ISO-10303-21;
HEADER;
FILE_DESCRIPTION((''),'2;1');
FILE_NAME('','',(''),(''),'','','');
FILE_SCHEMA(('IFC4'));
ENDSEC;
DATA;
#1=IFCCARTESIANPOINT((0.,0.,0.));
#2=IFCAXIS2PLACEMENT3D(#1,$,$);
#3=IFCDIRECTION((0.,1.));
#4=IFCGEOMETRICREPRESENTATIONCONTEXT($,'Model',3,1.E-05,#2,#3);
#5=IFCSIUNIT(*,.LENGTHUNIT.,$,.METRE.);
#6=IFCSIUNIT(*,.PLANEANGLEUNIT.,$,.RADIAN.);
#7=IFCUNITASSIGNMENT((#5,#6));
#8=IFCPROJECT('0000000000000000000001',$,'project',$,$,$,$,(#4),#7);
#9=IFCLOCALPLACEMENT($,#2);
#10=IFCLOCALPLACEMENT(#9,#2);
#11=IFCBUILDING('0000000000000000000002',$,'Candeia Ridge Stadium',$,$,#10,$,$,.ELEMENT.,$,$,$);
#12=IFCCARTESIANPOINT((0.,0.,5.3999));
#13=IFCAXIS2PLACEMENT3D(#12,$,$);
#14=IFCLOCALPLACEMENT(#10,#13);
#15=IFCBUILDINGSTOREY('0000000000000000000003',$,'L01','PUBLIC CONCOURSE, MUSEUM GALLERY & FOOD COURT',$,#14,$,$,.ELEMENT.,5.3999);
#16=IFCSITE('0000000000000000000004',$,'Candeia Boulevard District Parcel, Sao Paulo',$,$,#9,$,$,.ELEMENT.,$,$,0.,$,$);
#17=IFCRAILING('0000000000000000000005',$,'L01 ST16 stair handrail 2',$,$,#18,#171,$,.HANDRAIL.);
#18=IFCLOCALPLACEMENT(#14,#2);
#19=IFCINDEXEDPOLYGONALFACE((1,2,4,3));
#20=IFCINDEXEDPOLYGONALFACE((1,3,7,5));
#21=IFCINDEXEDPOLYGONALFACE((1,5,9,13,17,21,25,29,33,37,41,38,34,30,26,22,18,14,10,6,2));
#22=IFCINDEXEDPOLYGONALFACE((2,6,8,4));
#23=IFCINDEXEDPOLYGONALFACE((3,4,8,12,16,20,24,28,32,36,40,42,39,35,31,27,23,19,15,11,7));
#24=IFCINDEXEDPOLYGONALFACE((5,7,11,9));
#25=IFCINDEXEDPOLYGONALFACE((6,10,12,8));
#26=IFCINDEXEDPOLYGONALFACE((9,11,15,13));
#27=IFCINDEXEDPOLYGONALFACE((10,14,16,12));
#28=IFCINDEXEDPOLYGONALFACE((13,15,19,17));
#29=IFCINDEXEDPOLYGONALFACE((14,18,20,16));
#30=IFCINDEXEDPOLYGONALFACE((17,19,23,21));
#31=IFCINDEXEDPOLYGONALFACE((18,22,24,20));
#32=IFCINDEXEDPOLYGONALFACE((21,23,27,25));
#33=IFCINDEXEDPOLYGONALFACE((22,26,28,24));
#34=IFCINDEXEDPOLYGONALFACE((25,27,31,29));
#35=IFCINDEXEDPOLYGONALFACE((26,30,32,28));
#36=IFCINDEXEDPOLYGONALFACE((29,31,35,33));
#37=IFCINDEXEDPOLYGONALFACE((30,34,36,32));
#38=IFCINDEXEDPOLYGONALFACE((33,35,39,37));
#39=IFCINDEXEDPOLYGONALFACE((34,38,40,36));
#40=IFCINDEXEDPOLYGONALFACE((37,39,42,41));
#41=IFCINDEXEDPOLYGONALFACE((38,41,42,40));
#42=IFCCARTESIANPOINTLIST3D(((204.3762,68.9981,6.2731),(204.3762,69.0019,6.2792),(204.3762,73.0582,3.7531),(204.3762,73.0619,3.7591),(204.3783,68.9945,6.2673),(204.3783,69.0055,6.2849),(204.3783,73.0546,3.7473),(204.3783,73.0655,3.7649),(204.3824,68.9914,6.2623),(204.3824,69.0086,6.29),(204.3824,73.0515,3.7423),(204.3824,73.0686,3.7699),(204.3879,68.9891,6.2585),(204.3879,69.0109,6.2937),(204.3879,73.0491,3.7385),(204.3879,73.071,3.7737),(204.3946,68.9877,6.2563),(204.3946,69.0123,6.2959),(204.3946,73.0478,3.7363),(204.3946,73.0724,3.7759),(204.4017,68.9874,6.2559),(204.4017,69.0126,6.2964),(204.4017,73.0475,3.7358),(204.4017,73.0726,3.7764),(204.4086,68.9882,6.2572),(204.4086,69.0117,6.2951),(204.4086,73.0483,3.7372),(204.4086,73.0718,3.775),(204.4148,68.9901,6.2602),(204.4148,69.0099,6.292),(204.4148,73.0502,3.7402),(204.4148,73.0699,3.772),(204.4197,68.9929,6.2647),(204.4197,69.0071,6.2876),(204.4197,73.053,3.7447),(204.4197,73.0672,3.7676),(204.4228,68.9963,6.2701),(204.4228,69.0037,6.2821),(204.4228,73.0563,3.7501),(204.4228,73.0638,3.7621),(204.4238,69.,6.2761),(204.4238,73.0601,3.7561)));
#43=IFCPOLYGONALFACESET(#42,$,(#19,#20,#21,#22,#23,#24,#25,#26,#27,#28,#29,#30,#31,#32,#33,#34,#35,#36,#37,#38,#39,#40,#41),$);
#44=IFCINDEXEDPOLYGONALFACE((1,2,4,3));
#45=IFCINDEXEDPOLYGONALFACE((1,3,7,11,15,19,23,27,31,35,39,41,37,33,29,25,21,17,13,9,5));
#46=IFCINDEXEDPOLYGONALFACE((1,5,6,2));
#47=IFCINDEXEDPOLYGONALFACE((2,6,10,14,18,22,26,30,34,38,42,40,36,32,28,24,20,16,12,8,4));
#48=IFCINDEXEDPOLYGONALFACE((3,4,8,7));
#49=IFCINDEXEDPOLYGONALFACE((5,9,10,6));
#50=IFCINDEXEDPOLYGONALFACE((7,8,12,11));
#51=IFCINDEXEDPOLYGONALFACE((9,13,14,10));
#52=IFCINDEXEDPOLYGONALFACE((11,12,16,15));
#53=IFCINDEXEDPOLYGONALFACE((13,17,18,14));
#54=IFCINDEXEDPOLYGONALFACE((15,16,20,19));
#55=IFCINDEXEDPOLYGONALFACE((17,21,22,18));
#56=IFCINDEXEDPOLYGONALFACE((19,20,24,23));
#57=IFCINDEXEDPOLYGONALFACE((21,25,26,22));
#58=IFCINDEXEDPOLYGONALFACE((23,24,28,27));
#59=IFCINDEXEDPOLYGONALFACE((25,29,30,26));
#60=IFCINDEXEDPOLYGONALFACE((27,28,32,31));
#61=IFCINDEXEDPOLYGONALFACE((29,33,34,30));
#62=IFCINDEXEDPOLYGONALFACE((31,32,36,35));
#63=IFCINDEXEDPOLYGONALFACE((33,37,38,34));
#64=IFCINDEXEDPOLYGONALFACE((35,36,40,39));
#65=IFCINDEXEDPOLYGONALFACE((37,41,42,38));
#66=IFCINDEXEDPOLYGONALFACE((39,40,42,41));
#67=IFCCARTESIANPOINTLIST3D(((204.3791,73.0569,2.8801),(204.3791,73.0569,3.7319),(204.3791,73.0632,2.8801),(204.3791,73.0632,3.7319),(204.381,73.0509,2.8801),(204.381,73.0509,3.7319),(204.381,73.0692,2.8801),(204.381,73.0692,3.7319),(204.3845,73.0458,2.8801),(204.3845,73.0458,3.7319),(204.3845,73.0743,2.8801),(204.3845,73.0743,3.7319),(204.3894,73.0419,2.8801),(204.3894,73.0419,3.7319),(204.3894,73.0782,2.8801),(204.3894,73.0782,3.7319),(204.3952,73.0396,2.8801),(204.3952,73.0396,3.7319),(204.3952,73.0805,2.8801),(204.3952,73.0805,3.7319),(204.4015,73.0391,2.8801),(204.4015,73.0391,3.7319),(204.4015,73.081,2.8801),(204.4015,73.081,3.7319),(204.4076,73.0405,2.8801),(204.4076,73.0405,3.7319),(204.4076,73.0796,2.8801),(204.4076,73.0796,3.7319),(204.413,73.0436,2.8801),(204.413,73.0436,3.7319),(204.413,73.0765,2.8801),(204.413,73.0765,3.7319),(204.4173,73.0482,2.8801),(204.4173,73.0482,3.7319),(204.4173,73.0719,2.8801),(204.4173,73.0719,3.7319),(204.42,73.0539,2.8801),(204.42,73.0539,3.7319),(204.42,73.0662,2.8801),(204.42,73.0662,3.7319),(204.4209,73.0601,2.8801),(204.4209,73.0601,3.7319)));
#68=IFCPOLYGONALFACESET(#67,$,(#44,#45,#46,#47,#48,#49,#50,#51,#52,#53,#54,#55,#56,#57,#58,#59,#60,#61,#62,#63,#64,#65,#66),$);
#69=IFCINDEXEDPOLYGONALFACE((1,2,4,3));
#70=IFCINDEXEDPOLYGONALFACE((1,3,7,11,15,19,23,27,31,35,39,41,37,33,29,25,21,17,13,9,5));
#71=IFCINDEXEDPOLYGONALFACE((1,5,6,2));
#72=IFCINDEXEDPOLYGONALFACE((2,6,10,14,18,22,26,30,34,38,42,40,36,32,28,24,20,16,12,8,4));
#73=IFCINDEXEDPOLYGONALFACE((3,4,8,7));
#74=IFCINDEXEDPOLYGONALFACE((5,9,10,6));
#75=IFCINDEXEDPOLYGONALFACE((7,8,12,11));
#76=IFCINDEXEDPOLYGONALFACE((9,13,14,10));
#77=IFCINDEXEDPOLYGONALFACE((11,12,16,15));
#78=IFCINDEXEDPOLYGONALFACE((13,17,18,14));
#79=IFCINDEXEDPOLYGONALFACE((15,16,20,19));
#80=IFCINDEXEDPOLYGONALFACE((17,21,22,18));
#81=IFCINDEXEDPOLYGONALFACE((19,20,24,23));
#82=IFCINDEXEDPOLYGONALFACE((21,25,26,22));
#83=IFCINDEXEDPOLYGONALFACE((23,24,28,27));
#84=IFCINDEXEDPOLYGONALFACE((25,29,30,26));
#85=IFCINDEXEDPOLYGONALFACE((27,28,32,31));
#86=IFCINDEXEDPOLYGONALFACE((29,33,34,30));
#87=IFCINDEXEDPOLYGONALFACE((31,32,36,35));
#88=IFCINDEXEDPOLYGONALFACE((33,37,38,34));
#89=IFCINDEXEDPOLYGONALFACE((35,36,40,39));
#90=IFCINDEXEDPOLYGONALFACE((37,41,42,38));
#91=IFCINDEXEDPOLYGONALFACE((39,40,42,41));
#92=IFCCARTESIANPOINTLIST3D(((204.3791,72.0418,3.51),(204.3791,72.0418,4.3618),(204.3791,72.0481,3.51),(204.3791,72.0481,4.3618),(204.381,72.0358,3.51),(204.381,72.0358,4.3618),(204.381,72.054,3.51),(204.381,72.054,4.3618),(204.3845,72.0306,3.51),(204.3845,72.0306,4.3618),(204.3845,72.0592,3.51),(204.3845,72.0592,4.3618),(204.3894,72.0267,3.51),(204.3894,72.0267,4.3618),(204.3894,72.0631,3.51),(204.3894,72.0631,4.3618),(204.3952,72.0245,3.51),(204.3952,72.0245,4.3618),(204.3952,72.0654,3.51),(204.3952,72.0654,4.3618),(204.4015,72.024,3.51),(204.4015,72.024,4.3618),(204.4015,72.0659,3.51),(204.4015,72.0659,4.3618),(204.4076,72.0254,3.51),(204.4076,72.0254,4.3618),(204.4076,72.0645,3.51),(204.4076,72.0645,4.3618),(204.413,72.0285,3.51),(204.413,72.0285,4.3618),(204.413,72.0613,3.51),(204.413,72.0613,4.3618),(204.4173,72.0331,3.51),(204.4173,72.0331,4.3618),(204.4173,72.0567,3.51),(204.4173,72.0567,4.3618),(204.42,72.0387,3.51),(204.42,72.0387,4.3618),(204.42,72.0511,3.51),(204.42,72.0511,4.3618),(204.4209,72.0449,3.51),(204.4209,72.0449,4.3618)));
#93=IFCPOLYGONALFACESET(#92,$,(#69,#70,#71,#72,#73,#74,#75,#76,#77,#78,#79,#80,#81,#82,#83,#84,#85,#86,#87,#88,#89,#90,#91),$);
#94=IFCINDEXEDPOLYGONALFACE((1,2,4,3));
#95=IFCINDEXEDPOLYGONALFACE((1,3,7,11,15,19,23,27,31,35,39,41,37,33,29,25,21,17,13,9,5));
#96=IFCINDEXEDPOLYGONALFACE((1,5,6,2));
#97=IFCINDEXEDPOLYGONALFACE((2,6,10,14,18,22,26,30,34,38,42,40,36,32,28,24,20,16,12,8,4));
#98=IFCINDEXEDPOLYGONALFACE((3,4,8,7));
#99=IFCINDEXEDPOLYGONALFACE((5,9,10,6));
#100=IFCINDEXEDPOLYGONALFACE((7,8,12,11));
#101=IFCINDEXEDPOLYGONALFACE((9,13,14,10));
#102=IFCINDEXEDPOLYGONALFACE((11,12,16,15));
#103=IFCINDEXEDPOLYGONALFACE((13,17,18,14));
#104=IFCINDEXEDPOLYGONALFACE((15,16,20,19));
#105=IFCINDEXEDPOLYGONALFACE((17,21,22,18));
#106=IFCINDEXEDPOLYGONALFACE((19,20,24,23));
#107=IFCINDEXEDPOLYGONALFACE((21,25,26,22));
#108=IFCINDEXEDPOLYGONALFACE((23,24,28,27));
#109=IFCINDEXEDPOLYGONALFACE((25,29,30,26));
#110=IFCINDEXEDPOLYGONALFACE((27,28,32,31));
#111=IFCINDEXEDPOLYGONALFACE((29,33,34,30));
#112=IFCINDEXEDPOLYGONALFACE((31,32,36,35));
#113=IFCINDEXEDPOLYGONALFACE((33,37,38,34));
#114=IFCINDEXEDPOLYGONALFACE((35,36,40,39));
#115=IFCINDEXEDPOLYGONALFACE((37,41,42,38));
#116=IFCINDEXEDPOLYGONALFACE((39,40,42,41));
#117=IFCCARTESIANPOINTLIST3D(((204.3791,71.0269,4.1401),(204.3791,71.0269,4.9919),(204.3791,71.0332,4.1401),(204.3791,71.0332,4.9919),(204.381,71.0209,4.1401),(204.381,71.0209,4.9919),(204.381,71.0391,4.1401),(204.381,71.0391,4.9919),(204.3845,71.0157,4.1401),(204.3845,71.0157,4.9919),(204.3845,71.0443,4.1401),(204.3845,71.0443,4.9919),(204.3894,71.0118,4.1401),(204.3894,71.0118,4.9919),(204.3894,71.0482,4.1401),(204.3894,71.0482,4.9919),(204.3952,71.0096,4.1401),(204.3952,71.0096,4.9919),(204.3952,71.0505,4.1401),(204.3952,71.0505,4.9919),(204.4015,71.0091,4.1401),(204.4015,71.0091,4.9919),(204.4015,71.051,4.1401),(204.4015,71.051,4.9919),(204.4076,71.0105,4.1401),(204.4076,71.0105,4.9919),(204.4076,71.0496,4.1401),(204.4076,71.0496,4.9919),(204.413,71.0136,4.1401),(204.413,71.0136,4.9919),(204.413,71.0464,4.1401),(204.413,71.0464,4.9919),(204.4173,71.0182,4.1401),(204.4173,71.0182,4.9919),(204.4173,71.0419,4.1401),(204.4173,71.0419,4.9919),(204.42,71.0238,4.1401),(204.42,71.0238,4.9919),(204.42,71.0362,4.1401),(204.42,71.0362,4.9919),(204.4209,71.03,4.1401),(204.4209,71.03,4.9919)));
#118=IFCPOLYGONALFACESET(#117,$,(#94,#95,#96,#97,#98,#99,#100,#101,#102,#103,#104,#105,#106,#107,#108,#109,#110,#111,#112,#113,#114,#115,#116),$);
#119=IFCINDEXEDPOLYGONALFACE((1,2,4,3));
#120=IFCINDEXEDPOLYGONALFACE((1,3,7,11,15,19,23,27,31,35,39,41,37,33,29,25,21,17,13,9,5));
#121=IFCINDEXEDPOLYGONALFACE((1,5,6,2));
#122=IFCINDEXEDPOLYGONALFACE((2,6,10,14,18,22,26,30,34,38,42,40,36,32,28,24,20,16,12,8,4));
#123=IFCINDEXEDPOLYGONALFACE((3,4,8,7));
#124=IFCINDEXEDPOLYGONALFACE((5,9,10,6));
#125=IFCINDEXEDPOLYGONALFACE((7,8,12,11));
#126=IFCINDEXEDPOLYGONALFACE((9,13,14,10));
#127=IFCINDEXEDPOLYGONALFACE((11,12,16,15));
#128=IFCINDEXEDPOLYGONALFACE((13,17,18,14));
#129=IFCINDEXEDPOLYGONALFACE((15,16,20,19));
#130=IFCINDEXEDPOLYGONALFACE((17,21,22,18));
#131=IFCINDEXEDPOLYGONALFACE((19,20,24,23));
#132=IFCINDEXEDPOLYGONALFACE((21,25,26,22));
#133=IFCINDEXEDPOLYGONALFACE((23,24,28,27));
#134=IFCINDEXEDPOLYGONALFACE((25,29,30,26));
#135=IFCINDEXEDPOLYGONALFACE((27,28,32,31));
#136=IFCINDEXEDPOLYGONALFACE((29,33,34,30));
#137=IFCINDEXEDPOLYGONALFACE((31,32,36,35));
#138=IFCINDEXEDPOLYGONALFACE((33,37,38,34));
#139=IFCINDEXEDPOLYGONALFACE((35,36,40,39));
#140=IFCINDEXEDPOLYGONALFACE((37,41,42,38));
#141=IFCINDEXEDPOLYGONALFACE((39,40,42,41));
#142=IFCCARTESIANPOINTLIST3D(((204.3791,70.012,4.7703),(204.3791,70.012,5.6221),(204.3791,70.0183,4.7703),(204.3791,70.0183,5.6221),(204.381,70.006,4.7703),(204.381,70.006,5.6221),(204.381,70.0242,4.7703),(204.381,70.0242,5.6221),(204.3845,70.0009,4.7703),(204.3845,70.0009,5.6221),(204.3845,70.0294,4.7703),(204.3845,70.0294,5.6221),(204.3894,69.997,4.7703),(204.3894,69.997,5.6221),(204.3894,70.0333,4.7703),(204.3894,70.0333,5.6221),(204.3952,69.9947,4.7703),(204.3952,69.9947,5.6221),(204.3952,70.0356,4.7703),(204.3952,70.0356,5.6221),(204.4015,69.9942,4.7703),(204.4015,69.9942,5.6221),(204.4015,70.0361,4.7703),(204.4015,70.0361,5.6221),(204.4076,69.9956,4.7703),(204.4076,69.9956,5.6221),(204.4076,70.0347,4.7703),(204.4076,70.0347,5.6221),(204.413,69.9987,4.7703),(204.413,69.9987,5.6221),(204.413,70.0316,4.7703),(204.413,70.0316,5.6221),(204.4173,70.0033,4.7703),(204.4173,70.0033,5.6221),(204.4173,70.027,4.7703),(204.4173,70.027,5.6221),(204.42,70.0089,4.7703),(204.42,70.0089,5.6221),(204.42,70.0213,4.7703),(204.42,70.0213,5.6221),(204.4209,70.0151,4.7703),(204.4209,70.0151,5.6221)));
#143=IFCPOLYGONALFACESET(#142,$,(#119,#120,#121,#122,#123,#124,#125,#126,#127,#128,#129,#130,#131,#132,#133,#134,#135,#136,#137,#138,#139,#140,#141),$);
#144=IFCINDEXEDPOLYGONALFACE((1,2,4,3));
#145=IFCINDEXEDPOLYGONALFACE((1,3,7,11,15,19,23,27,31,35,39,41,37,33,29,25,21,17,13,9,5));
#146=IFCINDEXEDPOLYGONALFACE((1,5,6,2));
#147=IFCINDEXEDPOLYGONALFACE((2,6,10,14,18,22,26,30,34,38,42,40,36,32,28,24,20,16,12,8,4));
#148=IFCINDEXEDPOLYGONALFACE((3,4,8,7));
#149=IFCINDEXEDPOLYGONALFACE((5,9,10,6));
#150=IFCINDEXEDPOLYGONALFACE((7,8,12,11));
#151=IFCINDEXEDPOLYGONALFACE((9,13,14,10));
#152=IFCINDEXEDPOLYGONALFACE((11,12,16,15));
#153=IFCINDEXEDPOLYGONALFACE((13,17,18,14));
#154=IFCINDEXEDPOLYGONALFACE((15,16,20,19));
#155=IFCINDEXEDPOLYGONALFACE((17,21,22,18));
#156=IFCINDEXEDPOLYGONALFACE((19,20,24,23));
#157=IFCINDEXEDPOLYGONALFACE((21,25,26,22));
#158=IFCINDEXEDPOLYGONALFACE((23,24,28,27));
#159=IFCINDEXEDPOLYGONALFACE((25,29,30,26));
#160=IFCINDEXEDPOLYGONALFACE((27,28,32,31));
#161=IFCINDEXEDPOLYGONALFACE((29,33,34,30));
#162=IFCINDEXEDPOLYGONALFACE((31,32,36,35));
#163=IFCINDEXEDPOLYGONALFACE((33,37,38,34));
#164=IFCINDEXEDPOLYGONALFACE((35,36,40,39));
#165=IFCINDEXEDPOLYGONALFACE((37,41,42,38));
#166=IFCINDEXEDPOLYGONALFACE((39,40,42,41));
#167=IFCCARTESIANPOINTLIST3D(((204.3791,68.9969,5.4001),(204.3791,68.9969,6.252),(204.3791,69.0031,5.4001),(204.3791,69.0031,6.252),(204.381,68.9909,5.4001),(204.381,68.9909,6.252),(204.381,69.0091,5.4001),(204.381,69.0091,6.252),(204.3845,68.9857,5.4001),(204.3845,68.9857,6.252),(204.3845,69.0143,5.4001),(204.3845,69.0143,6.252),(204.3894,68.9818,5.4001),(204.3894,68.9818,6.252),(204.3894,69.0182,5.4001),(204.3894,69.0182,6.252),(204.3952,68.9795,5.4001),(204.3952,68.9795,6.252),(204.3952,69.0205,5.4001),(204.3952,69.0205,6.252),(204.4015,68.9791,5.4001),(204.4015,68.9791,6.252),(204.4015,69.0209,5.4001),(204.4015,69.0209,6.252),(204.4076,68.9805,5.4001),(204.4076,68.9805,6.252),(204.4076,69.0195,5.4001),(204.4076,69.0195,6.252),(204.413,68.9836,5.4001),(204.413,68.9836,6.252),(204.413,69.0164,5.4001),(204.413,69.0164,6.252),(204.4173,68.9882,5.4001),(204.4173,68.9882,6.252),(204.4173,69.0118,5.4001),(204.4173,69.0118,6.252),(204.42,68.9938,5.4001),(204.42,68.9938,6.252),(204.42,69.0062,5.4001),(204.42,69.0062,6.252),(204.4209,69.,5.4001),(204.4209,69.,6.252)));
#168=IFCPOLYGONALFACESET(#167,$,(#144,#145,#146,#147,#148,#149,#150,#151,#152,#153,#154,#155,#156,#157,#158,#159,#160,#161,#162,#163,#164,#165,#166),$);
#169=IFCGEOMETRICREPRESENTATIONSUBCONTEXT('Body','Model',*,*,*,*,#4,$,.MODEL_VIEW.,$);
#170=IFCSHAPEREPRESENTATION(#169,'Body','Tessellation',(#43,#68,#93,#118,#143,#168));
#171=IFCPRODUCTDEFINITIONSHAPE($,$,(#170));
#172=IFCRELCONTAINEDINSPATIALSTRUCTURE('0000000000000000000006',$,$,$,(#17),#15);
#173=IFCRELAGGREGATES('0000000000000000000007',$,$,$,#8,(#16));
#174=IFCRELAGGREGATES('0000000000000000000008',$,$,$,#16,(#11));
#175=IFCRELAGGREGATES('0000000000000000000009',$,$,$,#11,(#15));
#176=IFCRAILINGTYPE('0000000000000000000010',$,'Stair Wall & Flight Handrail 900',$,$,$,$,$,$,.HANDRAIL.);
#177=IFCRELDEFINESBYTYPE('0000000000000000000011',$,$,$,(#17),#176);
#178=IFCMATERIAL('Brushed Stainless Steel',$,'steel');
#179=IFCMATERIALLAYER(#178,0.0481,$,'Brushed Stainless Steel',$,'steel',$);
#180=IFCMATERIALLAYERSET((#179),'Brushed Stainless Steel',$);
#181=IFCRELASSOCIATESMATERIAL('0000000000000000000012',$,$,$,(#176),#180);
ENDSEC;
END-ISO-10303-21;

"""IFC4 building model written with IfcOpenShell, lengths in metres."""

from ifc_helpers import new_model, si_unit, direction, frame, origin, origin_2d, place, context, subcontext, project, spatial, circle, extrude, material, layer, layer_set, type_object, element, save


model = new_model("IFC4")

# Units and contexts
model_context = context("Model", 3, precision=1e-05, world=origin(), true_north=direction((0.0, 1.0)))
body_context = subcontext(model_context, "Body", "Model", "MODEL_VIEW")
ifc_project = project(units=[si_unit("LENGTHUNIT", "METRE"), si_unit("PLANEANGLEUNIT", "RADIAN")], contexts=[model_context])

# Site, building, storey
site_placement = place(None, origin())
site = spatial("IfcSite", under=ifc_project, at=site_placement, Name="Candeia Boulevard District Parcel, Sao Paulo", CompositionType="ELEMENT", RefElevation=0.0)
building_placement = place(site_placement, origin())
building = spatial("IfcBuilding", under=site, at=building_placement, Name="Candeia Ridge Stadium", CompositionType="ELEMENT")
storey_placement = place(building_placement, frame((0.0, 0.0, 5.3999)))
storey = spatial("IfcBuildingStorey", under=building, at=storey_placement, Name="L01", Description="PUBLIC CONCOURSE, MUSEUM GALLERY & FOOD COURT", CompositionType="ELEMENT", Elevation=5.3999)

# Railing
ifc_material_1 = material(Name="Brushed Stainless Steel", Category="steel")
ifc_layer_1 = layer(ifc_material_1, 0.0481, Name="Brushed Stainless Steel", Category="steel")
ifc_layer_set_1 = layer_set([ifc_layer_1], Name="Brushed Stainless Steel")
railing_type_1 = type_object("IfcRailingType", Name="Stair Wall & Flight Handrail 900", PredefinedType="HANDRAIL", material=ifc_layer_set_1)
railing_1_placement = place(storey_placement, frame((204.3999, 73.0601, 2.8801)))
element("IfcRailing", 1, at=railing_1_placement, inside=storey, type_object=railing_type_1, Name="L01 ST16 stair handrail 2", PredefinedType="HANDRAIL", context=body_context, shape_type="SweptSolid", body=[
    extrude(circle(Radius=0.0239, at=origin_2d()), frame((0.0, 0.0, 0.876), z_axis=(0.0, -0.849642, 0.52736), x_axis=(1.0, 0.0, 0.0)), (0.0, 0.0, 1.0), 4.7786),
    extrude(circle(Radius=0.021, at=origin_2d()), origin(), (0.0, 0.0, 1.0), 0.8518),
    extrude(circle(Radius=0.021, at=origin_2d()), frame((0.0, -1.0151, 0.6299)), (0.0, 0.0, 1.0), 0.8518),
    extrude(circle(Radius=0.021, at=origin_2d()), frame((0.0, -2.03, 1.26)), (0.0, 0.0, 1.0), 0.8518),
    extrude(circle(Radius=0.021, at=origin_2d()), frame((0.0, -3.0449, 1.8901)), (0.0, 0.0, 1.0), 0.8518),
    extrude(circle(Radius=0.021, at=origin_2d()), frame((0.0, -4.0601, 2.52)), (0.0, 0.0, 1.0), 0.8518),
])

save(model, "model.ifc")
